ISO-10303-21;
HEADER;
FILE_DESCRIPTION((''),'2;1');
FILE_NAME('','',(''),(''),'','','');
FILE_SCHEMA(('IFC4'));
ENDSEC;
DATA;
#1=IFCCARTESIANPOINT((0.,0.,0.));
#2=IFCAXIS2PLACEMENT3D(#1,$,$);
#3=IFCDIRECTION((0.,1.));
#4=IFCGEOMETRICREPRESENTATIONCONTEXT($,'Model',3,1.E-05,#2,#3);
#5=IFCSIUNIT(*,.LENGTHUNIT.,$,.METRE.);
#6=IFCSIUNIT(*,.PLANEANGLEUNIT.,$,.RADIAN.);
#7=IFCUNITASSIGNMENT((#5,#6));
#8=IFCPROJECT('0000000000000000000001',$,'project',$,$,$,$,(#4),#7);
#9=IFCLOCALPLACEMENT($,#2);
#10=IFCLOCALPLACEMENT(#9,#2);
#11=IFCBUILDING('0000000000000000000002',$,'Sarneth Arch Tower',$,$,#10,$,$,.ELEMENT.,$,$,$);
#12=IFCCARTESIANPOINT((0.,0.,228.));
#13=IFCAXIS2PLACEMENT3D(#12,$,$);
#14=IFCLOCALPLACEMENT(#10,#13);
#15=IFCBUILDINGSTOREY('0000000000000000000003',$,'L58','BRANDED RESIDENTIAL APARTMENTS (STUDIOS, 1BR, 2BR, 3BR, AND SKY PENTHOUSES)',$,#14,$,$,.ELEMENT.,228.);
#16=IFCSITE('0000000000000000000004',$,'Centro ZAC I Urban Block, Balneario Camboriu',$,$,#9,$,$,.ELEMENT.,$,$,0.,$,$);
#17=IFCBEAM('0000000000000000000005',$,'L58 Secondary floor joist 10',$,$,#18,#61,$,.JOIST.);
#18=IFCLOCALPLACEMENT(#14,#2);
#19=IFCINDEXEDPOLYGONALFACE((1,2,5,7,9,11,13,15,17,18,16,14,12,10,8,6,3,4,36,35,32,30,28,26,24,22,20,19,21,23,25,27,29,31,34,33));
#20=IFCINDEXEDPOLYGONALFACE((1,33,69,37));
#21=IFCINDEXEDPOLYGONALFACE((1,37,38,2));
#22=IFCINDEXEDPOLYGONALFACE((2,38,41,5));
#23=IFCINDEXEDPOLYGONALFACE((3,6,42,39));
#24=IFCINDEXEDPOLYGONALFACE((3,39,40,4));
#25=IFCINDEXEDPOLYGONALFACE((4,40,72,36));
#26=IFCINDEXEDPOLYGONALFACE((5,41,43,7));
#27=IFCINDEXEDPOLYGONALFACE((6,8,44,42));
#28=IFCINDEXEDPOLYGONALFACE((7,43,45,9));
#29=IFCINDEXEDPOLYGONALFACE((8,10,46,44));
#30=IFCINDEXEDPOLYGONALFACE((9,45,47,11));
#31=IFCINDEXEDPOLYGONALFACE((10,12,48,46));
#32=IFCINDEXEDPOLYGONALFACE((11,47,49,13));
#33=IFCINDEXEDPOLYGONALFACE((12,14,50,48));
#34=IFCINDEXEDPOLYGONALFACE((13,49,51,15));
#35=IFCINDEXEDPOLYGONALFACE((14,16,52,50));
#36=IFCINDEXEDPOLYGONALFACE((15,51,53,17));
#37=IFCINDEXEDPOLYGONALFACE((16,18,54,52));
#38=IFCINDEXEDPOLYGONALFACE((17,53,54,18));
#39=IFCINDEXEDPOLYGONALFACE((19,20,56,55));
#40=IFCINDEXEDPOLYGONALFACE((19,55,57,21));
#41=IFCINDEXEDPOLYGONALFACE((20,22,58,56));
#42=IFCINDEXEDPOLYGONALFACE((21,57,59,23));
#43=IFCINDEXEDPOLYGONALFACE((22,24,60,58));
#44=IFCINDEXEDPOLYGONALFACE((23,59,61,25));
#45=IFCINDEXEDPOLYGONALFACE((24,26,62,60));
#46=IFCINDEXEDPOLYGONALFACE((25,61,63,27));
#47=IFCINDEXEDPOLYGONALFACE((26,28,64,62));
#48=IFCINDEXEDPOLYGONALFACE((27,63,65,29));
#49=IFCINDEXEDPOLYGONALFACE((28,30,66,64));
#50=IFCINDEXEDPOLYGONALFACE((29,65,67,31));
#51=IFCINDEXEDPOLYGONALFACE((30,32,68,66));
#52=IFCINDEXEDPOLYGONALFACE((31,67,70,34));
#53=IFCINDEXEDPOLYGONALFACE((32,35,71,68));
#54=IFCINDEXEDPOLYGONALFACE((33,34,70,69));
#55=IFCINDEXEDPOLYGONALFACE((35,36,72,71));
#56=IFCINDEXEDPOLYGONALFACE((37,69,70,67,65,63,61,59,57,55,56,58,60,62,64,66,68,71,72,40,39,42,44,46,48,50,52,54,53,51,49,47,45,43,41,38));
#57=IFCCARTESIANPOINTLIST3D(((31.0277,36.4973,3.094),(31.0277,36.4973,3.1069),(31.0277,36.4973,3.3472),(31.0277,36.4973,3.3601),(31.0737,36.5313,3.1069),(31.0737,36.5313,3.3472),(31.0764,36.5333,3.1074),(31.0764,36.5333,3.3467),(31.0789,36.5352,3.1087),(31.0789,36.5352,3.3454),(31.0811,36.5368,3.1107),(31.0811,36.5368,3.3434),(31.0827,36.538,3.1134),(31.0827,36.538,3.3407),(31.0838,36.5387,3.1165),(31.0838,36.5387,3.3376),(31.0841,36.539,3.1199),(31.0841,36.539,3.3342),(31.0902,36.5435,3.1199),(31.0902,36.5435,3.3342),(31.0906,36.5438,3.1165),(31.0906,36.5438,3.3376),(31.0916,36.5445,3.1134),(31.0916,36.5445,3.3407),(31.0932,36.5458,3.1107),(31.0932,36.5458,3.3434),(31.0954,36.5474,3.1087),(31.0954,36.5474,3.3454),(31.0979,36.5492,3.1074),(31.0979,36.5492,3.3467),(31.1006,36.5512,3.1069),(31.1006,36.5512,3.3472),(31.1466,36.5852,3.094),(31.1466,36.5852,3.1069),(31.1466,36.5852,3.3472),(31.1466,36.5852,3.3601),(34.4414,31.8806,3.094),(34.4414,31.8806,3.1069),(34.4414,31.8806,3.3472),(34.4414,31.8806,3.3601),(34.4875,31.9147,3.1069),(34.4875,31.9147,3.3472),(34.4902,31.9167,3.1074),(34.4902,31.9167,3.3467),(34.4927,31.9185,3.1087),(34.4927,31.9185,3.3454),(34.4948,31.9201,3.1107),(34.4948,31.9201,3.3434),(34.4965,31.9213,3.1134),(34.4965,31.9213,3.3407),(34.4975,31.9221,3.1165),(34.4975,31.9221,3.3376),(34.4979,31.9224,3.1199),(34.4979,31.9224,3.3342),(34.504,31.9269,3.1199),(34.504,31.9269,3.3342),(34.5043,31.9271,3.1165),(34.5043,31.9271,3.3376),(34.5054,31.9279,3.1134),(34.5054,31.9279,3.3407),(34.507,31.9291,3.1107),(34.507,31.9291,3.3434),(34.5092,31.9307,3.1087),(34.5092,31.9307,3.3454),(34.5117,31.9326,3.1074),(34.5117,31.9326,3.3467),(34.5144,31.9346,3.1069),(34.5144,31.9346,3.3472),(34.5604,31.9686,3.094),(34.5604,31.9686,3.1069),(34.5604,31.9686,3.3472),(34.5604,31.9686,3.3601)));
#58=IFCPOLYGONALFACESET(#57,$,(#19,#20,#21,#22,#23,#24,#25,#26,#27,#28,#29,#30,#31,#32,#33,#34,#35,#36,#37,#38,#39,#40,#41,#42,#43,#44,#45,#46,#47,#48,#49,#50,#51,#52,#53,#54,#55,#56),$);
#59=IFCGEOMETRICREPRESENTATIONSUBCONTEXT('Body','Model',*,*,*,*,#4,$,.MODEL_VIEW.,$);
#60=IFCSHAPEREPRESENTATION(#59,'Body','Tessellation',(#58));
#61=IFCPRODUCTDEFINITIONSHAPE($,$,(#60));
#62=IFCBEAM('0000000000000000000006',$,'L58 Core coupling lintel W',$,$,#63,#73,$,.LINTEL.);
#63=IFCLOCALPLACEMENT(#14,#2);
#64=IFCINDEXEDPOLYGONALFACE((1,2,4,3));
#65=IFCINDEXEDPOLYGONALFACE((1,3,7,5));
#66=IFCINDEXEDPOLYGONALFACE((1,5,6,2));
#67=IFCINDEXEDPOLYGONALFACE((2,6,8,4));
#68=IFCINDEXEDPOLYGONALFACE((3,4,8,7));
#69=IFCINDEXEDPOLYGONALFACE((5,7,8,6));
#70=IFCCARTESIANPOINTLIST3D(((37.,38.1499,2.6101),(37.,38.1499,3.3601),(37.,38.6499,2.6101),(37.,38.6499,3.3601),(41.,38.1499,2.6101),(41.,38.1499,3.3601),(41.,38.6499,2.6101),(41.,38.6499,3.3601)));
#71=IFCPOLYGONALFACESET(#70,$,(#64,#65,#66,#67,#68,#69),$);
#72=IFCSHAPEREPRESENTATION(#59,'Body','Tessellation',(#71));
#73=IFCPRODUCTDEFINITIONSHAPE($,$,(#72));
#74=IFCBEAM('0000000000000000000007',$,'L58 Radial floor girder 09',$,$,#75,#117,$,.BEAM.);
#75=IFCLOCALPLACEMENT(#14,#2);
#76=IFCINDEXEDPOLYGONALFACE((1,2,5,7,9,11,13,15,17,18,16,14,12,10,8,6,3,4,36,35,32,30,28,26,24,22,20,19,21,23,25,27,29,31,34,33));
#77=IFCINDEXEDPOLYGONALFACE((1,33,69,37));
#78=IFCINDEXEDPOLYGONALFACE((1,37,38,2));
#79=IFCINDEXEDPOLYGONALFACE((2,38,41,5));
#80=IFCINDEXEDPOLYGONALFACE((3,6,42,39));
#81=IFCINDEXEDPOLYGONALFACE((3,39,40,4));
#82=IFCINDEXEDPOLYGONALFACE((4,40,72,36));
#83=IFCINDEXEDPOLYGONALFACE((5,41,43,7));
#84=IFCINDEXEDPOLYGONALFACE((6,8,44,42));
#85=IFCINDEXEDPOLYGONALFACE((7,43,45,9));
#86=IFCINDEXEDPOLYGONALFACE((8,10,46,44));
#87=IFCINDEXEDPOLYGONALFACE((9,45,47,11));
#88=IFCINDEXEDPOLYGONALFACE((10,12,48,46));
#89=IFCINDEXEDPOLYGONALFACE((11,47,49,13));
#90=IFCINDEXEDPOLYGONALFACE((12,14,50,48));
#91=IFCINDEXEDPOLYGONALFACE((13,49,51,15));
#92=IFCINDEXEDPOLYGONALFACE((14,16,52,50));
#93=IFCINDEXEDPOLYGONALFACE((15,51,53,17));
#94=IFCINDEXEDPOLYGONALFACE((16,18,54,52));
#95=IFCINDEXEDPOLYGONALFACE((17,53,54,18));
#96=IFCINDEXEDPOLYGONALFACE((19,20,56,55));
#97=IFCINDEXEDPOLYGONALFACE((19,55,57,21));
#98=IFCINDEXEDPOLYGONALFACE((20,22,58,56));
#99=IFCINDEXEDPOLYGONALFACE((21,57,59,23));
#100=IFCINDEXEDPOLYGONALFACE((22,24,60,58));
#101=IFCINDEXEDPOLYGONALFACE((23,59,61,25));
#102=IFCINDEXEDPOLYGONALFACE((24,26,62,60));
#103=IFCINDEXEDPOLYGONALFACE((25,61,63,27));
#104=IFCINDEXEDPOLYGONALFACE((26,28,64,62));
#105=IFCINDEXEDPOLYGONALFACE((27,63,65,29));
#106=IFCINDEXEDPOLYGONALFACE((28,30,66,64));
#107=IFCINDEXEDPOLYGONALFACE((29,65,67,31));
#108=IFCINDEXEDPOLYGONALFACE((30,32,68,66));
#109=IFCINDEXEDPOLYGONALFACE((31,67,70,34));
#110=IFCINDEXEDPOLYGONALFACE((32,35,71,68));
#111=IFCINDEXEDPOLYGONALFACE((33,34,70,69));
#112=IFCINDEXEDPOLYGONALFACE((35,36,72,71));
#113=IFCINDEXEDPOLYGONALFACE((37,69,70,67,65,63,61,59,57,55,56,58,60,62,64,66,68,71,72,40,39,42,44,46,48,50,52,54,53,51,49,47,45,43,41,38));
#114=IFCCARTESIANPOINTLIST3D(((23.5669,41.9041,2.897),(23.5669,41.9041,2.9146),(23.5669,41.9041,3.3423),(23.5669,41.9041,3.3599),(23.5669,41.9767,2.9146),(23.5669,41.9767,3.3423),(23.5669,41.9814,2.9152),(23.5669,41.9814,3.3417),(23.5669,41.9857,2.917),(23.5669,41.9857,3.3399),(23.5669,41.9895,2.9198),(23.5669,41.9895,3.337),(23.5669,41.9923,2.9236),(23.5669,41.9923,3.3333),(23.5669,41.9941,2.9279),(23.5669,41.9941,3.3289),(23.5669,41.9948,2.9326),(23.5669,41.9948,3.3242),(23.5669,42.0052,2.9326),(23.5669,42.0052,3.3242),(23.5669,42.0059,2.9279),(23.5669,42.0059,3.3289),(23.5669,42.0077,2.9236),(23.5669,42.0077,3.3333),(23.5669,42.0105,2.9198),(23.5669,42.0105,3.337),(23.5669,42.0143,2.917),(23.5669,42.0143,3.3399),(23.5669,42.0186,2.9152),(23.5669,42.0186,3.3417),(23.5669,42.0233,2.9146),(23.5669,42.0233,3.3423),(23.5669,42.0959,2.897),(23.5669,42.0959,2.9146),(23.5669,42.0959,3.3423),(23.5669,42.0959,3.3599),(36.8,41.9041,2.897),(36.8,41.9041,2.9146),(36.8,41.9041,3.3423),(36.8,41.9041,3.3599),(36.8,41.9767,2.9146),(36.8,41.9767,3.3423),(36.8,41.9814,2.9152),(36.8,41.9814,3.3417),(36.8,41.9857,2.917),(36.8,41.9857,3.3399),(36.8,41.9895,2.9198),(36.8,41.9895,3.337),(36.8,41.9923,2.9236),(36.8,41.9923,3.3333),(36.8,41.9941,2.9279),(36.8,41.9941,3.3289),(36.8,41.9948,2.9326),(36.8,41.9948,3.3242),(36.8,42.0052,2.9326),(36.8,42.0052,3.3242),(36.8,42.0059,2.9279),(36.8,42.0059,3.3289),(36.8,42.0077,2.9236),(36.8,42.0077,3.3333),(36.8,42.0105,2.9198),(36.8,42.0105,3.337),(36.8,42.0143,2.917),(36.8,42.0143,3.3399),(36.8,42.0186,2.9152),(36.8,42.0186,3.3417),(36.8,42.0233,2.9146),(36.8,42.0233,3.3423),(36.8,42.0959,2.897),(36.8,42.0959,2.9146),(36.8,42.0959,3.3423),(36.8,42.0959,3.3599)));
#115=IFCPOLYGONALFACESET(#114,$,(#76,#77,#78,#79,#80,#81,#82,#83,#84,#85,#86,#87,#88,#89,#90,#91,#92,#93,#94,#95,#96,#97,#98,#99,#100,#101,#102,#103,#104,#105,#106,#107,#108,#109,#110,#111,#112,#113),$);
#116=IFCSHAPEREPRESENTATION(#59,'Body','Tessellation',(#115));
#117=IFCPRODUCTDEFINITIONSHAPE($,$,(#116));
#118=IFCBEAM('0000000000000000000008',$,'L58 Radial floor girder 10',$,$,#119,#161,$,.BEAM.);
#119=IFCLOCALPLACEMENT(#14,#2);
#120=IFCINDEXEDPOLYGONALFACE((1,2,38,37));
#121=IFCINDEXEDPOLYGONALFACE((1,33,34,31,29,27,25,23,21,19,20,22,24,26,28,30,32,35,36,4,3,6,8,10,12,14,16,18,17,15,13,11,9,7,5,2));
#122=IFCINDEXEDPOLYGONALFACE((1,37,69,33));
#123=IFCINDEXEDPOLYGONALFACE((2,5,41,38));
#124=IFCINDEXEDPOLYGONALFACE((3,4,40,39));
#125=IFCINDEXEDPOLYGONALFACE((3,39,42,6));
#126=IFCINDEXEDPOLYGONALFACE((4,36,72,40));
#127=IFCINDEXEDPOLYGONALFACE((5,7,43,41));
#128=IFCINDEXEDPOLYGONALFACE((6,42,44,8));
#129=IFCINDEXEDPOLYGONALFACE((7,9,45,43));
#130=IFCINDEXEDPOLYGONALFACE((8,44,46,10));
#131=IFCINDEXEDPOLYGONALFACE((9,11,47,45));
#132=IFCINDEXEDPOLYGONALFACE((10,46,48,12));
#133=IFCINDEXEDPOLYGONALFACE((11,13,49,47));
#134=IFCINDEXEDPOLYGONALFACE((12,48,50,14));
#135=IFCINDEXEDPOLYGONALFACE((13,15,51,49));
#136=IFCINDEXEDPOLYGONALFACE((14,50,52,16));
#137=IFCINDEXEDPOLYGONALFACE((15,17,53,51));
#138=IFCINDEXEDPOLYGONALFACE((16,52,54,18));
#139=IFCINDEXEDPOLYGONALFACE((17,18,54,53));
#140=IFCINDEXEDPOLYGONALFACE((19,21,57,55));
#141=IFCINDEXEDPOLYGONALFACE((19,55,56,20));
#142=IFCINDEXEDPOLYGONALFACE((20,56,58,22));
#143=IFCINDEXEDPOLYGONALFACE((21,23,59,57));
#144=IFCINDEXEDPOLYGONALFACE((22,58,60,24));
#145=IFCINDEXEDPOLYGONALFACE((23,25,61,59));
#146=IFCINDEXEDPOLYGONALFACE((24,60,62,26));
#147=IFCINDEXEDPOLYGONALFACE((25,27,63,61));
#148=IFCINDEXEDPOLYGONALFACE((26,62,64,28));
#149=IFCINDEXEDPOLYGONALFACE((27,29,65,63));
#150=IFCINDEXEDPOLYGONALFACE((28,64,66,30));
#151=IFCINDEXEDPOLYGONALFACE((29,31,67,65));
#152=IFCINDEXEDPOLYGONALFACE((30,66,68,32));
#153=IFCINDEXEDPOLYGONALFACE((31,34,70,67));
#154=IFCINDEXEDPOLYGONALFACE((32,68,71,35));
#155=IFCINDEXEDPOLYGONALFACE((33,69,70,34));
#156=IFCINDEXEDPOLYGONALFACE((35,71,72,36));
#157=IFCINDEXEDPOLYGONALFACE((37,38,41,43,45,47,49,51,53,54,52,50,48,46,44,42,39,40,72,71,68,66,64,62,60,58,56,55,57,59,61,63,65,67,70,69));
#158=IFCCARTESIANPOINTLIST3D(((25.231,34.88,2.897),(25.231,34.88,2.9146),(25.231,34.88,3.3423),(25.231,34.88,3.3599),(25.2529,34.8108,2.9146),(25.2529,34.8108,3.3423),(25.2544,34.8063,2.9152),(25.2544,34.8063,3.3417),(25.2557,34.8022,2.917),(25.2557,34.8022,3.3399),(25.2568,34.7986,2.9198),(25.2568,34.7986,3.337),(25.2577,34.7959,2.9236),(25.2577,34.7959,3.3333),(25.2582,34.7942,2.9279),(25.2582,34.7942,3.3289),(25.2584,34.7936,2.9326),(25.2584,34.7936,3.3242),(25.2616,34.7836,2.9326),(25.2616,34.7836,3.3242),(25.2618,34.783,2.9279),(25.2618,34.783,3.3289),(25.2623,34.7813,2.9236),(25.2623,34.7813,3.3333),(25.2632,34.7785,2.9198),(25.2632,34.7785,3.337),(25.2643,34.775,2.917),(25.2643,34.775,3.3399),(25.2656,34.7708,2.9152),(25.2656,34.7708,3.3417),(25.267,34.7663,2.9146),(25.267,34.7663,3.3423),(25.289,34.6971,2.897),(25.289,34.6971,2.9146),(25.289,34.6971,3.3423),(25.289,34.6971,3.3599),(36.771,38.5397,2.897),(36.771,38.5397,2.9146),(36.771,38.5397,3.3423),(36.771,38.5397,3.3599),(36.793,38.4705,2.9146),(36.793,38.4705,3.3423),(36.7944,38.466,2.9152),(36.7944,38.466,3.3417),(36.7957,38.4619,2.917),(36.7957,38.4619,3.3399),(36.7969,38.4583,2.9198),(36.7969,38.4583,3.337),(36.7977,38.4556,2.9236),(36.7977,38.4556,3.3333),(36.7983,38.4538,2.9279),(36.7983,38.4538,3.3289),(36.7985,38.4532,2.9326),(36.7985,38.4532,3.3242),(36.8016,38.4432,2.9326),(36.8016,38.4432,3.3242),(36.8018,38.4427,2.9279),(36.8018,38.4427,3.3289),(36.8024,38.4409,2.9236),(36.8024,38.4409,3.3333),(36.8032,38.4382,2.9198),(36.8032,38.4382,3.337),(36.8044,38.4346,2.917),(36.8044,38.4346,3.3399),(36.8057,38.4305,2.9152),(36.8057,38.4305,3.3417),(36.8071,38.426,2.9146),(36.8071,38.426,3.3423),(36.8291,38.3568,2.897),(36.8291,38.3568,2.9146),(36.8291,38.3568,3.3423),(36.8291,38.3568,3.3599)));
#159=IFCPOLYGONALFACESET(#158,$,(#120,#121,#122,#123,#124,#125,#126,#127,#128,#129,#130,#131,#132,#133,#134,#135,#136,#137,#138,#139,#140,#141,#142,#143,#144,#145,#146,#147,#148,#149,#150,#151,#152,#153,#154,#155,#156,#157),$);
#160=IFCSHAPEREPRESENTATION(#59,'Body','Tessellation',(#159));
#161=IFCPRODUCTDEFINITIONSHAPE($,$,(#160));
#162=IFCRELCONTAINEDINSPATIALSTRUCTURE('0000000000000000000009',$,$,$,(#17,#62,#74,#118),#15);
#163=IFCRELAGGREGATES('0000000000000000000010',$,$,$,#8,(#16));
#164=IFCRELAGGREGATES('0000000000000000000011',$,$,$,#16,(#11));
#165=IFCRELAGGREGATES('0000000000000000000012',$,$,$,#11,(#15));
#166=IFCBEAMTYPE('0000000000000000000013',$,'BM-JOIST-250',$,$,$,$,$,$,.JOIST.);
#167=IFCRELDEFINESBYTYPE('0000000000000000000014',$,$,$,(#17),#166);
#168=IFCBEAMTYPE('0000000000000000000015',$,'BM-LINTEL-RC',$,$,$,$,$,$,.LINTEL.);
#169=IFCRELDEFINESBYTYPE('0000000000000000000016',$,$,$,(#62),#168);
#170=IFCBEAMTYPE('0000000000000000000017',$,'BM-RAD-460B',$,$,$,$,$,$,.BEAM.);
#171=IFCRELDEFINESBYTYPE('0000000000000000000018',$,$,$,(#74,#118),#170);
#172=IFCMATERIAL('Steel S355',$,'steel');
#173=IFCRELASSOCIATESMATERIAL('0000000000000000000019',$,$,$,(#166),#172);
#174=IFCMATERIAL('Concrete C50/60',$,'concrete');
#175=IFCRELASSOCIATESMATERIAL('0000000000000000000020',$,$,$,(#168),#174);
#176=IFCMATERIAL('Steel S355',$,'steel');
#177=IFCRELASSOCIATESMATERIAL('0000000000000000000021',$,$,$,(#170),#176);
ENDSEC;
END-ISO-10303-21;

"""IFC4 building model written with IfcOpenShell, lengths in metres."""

from ifc_helpers import new_model, si_unit, direction, frame, origin, origin_2d, place, context, subcontext, project, spatial, rectangle, i_section, extrude, material, material_profile, profile_set, type_object, element, save


model = new_model("IFC4")

# Units and contexts
model_context = context("Model", 3, precision=1e-05, world=origin(), true_north=direction((0.0, 1.0)))
body_context = subcontext(model_context, "Body", "Model", "MODEL_VIEW")
ifc_project = project(units=[si_unit("LENGTHUNIT", "METRE"), si_unit("PLANEANGLEUNIT", "RADIAN")], contexts=[model_context])

# Site, building, storey
site_placement = place(None, origin())
site = spatial("IfcSite", under=ifc_project, at=site_placement, Name="Centro ZAC I Urban Block, Balneario Camboriu", CompositionType="ELEMENT", RefElevation=0.0)
building_placement = place(site_placement, origin())
building = spatial("IfcBuilding", under=site, at=building_placement, Name="Sarneth Arch Tower", CompositionType="ELEMENT")
storey_placement = place(building_placement, frame((0.0, 0.0, 228.0)))
storey = spatial("IfcBuildingStorey", under=building, at=storey_placement, Name="L58", Description="BRANDED RESIDENTIAL APARTMENTS (STUDIOS, 1BR, 2BR, 3BR, AND SKY PENTHOUSES)", CompositionType="ELEMENT", Elevation=228.0)

# Beams
ifc_material_1 = material(Name="Steel S355", Category="steel")
ifc_material_profile_1 = material_profile(ifc_material_1, i_section(OverallWidth=0.1479, OverallDepth=0.2661, WebThickness=0.0076, FlangeThickness=0.0129, FilletRadius=0.0129, at=origin_2d()), Name="W250x44.8")
ifc_profile_set_1 = profile_set([ifc_material_profile_1], Name="Steel S355")
beam_type_1 = type_object("IfcBeamType", Name="BM-JOIST-250", PredefinedType="JOIST", material=ifc_profile_set_1)
beam_1_placement = place(storey_placement, frame((31.0872, 36.5413, 3.2271), z_axis=(0.594557, -0.804053, 0.0), x_axis=(0.804053, 0.594557, 0.0)))
element("IfcBeam", 1, at=beam_1_placement, inside=storey, type_object=beam_type_1, Name="L58 Secondary floor joist 10", PredefinedType="JOIST", context=body_context, shape_type="SweptSolid", body=[
    extrude(i_section(OverallWidth=0.1479, OverallDepth=0.2661, WebThickness=0.0076, FlangeThickness=0.0129, FilletRadius=0.0129, at=origin_2d()), origin(), (0.0, 0.0, 1.0), 5.7417),
])
ifc_material_2 = material(Name="Concrete C50/60", Category="concrete")
ifc_material_profile_2 = material_profile(ifc_material_2, rectangle(XDim=0.5, YDim=0.75, at=origin_2d()), Name="RC-500x750")
ifc_profile_set_2 = profile_set([ifc_material_profile_2], Name="Concrete C50/60")
beam_type_2 = type_object("IfcBeamType", Name="BM-LINTEL-RC", PredefinedType="LINTEL", material=ifc_profile_set_2)
beam_2_placement = place(storey_placement, frame((37.0, 38.3999, 2.9851), z_axis=(1.0, 0.0, 0.0), x_axis=(0.0, 1.0, 0.0)))
element("IfcBeam", 2, at=beam_2_placement, inside=storey, type_object=beam_type_2, Name="L58 Core coupling lintel W", PredefinedType="LINTEL", context=body_context, shape_type="SweptSolid", body=[
    extrude(rectangle(XDim=0.5, YDim=0.75, at=origin_2d()), origin(), (0.0, 0.0, 1.0), 4.0),
])
ifc_material_3 = material(Name="Steel S355", Category="steel")
ifc_material_profile_3 = material_profile(ifc_material_3, i_section(OverallWidth=0.1919, OverallDepth=0.4629, WebThickness=0.0105, FlangeThickness=0.0176, FilletRadius=0.0181, at=origin_2d()), Name="W460x89")
ifc_profile_set_3 = profile_set([ifc_material_profile_3], Name="Steel S355")
beam_type_3 = type_object("IfcBeamType", Name="BM-RAD-460B", PredefinedType="BEAM", material=ifc_profile_set_3)
beam_3_placement = place(storey_placement, frame((36.8, 42.0, 3.1284), z_axis=(-1.0, 0.0, 0.0), x_axis=(0.0, -1.0, 0.0)))
element("IfcBeam", 3, at=beam_3_placement, inside=storey, type_object=beam_type_3, Name="L58 Radial floor girder 09", PredefinedType="BEAM", context=body_context, shape_type="SweptSolid", body=[
    extrude(i_section(OverallWidth=0.1919, OverallDepth=0.4629, WebThickness=0.0105, FlangeThickness=0.0176, FilletRadius=0.0181, at=origin_2d()), origin(), (0.0, 0.0, 1.0), 13.2332),
])
beam_4_placement = place(storey_placement, frame((36.8, 38.4482, 3.1284), z_axis=(-0.953216, -0.302291, 0.0), x_axis=(0.302291, -0.953216, 0.0)))
element("IfcBeam", 4, at=beam_4_placement, inside=storey, type_object=beam_type_3, Name="L58 Radial floor girder 10", PredefinedType="BEAM", context=body_context, shape_type="SweptSolid", body=[
    extrude(i_section(OverallWidth=0.1919, OverallDepth=0.4629, WebThickness=0.0105, FlangeThickness=0.0176, FilletRadius=0.0181, at=origin_2d()), origin(), (0.0, 0.0, 1.0), 12.1064),
])

save(model, "model.ifc")
